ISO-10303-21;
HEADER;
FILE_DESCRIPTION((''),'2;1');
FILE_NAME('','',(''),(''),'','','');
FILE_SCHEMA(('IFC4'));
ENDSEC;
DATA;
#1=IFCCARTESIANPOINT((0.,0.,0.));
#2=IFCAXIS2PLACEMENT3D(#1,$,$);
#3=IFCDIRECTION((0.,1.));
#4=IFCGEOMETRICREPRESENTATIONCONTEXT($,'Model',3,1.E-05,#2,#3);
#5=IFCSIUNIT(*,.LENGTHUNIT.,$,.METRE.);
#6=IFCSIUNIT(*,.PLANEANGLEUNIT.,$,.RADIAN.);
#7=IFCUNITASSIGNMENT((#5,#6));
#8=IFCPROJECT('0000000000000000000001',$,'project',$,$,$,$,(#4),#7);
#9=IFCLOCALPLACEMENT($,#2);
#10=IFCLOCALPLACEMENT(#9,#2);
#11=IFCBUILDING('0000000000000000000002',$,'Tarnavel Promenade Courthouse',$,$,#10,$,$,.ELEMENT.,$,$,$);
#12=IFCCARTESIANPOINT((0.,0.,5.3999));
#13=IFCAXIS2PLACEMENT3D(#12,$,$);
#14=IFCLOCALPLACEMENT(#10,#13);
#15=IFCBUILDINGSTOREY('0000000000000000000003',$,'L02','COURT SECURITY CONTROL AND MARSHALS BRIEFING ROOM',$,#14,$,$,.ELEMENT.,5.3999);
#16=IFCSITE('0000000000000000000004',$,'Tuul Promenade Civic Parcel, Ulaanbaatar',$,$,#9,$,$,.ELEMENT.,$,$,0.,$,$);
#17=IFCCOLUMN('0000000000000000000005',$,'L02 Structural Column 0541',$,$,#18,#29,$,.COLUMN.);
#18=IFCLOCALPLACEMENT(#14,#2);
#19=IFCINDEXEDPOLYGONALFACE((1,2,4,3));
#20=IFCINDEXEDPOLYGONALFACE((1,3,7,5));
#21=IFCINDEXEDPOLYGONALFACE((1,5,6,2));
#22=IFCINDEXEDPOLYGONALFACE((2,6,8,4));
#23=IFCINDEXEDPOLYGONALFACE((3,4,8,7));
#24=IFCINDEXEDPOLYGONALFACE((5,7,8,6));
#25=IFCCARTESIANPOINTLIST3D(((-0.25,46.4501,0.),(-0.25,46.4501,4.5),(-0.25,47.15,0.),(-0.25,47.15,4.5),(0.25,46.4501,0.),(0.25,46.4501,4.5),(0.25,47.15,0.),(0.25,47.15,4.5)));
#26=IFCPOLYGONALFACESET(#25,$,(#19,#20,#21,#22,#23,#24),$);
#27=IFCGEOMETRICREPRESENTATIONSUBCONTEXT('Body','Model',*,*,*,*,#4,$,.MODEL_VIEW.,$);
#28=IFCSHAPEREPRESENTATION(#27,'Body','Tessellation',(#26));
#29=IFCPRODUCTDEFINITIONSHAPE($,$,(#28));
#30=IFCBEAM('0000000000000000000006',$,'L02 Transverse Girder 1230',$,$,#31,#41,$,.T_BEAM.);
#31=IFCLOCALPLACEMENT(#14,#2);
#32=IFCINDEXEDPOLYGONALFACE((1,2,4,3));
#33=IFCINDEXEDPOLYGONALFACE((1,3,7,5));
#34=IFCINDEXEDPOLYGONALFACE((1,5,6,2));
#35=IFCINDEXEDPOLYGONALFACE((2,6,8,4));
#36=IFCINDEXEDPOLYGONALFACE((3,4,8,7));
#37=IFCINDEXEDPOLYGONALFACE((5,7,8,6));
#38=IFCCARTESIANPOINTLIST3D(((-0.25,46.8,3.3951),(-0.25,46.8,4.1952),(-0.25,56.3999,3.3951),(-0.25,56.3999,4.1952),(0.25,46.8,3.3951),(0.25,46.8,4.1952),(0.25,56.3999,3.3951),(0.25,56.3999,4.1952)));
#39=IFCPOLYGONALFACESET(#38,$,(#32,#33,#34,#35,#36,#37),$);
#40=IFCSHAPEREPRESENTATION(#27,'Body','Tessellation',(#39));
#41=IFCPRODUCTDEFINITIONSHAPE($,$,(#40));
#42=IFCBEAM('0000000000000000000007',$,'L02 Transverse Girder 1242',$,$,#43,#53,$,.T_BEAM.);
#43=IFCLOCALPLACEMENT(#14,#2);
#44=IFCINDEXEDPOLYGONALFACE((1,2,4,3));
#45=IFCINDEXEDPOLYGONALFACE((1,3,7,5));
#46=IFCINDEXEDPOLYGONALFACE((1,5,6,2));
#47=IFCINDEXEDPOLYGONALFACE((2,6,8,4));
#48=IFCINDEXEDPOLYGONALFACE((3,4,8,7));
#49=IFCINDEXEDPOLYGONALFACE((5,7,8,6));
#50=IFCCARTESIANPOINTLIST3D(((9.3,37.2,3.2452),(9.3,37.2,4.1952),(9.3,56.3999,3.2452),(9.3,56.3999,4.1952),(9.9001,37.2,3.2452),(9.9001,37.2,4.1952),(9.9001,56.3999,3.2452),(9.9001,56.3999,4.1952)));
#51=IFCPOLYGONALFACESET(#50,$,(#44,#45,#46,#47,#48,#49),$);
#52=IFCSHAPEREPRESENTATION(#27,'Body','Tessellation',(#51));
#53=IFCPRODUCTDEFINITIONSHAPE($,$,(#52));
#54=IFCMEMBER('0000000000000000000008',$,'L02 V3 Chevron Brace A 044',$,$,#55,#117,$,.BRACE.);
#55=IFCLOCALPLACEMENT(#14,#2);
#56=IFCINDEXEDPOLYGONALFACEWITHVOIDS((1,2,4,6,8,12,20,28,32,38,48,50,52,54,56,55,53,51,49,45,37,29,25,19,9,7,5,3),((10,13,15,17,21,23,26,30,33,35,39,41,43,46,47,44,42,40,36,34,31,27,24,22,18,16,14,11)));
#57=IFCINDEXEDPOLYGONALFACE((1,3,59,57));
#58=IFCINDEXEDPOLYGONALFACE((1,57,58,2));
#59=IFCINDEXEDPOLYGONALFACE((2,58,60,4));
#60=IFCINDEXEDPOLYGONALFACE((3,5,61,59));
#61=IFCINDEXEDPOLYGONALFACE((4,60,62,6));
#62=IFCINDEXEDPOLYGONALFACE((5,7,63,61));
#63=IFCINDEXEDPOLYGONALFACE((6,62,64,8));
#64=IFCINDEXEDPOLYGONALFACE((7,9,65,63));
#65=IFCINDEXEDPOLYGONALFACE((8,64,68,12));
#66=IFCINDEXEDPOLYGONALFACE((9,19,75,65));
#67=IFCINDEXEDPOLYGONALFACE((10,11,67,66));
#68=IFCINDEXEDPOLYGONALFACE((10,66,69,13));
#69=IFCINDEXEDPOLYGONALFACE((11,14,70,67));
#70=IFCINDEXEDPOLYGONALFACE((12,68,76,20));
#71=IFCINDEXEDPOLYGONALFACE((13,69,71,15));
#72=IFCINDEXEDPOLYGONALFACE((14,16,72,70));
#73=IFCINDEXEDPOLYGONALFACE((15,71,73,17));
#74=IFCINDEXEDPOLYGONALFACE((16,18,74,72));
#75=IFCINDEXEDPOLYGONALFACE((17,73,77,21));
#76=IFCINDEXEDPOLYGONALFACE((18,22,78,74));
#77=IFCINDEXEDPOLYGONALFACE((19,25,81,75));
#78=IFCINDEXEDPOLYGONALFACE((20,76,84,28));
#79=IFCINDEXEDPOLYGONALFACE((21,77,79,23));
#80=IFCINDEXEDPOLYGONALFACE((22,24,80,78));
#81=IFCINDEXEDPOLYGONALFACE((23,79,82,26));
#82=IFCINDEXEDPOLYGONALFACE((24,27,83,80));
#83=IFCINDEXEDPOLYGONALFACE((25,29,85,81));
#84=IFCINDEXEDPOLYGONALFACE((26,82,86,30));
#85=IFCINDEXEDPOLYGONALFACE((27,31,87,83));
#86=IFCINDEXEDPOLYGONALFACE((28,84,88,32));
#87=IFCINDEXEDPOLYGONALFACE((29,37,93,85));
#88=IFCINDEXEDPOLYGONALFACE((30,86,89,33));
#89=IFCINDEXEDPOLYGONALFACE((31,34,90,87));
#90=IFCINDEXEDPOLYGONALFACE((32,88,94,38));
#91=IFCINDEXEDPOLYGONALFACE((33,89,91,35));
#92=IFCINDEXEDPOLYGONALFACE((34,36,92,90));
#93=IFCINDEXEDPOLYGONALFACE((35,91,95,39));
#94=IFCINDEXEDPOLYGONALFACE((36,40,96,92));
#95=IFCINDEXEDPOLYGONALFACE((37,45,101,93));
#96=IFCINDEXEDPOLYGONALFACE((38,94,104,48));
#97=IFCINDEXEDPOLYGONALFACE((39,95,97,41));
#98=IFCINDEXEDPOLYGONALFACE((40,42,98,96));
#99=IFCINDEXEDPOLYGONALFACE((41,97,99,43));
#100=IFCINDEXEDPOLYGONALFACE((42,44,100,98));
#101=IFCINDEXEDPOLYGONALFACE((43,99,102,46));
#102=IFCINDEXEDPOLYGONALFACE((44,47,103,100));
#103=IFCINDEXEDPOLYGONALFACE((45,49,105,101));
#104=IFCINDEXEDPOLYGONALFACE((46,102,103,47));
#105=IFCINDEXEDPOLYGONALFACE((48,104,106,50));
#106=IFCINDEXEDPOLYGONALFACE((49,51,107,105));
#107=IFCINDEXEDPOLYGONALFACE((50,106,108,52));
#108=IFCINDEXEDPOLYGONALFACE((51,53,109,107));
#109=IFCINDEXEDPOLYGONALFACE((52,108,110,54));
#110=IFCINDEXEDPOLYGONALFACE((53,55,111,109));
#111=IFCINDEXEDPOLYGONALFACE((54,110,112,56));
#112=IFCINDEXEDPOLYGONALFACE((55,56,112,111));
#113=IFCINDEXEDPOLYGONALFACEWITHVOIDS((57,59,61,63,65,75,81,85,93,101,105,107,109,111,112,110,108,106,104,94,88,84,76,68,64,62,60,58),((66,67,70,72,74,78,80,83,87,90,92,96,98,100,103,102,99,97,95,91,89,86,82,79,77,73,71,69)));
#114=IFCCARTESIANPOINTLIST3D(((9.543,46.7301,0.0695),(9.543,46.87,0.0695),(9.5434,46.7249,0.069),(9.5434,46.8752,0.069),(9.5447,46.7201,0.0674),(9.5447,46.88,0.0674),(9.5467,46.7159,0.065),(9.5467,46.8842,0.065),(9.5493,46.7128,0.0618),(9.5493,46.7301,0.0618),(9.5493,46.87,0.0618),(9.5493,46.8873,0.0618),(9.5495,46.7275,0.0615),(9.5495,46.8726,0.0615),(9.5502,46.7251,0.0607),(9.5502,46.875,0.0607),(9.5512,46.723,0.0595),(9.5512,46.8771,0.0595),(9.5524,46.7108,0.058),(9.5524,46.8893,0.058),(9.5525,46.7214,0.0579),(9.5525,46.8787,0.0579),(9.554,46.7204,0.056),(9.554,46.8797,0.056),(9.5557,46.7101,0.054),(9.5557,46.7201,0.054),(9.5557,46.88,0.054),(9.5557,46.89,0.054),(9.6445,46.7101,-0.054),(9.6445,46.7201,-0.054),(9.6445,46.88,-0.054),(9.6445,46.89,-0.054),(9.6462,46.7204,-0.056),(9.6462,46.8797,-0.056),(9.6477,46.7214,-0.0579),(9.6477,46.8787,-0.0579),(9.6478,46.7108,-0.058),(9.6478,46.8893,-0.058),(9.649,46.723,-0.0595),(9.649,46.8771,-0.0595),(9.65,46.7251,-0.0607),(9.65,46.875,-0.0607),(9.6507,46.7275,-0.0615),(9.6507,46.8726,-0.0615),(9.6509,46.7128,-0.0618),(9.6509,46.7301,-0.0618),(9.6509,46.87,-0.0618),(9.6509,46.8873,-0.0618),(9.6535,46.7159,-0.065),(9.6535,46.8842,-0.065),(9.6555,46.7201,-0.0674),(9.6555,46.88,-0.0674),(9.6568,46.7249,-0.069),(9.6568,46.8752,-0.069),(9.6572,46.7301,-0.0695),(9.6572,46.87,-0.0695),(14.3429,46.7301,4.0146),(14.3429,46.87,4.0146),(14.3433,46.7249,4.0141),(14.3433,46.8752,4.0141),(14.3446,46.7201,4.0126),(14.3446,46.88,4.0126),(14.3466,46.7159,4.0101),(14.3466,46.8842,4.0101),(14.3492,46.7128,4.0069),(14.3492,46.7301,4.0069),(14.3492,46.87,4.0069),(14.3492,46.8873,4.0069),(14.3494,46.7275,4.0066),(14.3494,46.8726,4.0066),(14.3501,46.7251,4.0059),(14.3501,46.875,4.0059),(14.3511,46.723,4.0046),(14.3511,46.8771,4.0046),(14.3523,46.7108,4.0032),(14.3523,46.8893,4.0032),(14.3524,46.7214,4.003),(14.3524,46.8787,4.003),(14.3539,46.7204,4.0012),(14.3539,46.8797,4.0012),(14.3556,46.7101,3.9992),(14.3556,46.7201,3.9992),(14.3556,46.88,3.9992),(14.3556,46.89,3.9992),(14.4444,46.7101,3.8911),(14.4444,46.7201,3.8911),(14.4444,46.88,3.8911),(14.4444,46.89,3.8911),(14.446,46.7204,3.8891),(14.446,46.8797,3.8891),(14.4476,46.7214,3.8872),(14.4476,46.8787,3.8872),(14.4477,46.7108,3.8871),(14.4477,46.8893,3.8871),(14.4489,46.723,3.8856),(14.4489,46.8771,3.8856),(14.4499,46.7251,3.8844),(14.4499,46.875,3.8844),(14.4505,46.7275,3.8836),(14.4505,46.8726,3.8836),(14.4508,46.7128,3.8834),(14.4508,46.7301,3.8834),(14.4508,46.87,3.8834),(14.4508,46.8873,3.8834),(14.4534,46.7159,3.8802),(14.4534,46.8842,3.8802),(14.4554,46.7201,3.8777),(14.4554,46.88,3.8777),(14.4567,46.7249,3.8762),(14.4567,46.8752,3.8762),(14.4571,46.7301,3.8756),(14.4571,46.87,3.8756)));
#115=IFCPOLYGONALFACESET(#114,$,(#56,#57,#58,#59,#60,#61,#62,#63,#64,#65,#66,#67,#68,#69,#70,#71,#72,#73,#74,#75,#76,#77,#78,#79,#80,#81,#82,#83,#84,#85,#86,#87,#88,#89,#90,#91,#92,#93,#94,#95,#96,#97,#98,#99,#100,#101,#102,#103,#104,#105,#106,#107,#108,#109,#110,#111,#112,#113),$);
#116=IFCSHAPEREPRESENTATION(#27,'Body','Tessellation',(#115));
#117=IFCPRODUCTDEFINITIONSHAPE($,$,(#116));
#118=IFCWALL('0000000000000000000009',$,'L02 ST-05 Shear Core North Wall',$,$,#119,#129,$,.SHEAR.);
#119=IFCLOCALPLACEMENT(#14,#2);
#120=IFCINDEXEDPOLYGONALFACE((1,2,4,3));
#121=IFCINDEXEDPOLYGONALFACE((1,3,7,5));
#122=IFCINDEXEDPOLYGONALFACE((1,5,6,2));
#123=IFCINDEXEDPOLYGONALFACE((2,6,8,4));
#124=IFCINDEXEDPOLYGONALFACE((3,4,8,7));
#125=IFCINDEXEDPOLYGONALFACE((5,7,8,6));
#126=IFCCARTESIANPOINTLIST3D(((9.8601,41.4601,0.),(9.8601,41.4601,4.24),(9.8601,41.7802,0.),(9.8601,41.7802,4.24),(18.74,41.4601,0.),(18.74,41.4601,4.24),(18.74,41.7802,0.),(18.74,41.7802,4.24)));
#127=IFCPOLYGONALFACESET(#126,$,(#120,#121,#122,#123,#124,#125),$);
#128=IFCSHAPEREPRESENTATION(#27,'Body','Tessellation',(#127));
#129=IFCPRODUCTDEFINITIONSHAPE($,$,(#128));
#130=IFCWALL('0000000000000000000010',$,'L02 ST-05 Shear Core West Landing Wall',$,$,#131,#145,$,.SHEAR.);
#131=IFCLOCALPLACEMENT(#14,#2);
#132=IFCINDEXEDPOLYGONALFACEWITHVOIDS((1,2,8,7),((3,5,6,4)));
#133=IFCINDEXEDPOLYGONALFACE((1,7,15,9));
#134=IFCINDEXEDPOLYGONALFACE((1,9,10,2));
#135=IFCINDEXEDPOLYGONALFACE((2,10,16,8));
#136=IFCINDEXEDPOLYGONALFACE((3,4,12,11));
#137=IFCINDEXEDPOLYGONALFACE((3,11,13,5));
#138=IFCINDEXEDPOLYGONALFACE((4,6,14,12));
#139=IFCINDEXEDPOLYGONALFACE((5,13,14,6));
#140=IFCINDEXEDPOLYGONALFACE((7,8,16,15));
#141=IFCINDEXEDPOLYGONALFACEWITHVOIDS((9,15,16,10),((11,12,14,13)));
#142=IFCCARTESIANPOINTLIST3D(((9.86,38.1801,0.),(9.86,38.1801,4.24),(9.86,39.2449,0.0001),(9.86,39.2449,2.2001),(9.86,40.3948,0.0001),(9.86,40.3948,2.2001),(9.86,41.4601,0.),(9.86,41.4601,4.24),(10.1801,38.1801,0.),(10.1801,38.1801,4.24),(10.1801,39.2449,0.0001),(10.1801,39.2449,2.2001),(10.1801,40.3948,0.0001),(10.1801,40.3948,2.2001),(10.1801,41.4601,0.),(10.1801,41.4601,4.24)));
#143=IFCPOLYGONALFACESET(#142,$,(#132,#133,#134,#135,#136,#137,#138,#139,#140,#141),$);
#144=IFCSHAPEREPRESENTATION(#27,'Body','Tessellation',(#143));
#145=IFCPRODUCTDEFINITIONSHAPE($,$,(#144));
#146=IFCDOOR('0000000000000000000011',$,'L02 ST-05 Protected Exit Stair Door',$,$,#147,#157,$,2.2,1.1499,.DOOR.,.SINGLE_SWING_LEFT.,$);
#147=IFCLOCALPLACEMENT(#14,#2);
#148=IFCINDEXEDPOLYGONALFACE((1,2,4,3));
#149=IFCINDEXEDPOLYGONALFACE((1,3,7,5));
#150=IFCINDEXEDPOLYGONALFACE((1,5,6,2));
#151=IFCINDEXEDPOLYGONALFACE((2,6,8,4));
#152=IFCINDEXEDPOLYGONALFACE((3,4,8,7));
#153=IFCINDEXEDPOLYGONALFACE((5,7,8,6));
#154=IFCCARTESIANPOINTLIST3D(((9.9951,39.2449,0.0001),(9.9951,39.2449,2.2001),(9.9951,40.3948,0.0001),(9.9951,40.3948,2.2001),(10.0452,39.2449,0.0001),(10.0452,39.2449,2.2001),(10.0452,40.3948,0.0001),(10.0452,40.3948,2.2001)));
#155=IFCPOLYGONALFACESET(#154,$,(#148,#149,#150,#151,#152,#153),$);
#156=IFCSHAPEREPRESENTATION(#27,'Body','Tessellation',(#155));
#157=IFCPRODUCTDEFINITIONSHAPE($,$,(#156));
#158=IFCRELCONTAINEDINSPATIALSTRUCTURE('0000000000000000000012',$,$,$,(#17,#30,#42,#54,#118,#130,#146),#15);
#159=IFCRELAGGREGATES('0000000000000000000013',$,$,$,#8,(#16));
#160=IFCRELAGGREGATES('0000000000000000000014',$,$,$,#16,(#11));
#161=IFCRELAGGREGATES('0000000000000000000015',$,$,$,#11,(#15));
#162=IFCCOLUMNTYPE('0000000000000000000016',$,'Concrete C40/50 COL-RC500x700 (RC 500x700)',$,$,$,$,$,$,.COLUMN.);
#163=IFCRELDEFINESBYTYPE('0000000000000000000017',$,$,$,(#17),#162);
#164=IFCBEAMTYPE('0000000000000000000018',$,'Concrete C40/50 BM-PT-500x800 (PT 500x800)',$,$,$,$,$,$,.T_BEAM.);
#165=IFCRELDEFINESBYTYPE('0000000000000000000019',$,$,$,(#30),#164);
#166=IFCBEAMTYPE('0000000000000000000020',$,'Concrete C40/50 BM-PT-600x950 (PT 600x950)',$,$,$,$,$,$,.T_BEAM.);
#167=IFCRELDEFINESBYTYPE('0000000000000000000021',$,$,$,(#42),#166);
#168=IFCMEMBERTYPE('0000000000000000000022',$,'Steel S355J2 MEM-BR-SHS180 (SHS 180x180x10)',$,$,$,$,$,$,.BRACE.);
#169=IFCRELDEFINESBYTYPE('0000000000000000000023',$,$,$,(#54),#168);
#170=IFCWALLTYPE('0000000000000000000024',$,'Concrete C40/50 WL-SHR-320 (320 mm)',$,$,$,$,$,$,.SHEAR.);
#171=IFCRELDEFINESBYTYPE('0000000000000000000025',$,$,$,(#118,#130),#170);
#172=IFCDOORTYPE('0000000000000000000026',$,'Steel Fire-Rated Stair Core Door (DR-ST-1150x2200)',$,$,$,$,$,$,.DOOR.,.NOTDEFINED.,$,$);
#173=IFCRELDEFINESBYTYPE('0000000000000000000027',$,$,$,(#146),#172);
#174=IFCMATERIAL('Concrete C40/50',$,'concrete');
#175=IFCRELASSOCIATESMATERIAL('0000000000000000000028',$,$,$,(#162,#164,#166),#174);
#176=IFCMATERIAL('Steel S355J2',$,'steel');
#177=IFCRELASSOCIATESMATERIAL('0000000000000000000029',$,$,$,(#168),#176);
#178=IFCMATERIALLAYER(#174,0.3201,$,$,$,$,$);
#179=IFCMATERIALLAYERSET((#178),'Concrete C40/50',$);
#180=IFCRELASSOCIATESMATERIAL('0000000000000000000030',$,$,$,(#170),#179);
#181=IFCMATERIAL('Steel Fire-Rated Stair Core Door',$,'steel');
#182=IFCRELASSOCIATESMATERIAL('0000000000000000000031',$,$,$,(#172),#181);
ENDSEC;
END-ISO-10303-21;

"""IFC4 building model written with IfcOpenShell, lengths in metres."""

from ifc_helpers import new_model, si_unit, direction, frame, frame_2d, origin, origin_2d, place, context, subcontext, project, spatial, rectangle, hollow_rectangle, extrude, material, layer, layer_set, material_profile, profile_set, type_object, element, fill, save


model = new_model("IFC4")

# Units and contexts
model_context = context("Model", 3, precision=1e-05, world=origin(), true_north=direction((0.0, 1.0)))
body_context = subcontext(model_context, "Body", "Model", "MODEL_VIEW")
ifc_project = project(units=[si_unit("LENGTHUNIT", "METRE"), si_unit("PLANEANGLEUNIT", "RADIAN")], contexts=[model_context])

# Site, building, storey
site_placement = place(None, origin())
site = spatial("IfcSite", under=ifc_project, at=site_placement, Name="Tuul Promenade Civic Parcel, Ulaanbaatar", CompositionType="ELEMENT", RefElevation=0.0)
building_placement = place(site_placement, origin())
building = spatial("IfcBuilding", under=site, at=building_placement, Name="Tarnavel Promenade Courthouse", CompositionType="ELEMENT")
storey_placement = place(building_placement, frame((0.0, 0.0, 5.3999)))
storey = spatial("IfcBuildingStorey", under=building, at=storey_placement, Name="L02", Description="COURT SECURITY CONTROL AND MARSHALS BRIEFING ROOM", CompositionType="ELEMENT", Elevation=5.3999)

# Column
ifc_material_1 = material(Name="Concrete C40/50", Category="concrete")
ifc_material_profile_1 = material_profile(ifc_material_1, rectangle(XDim=0.5, YDim=0.7, at=origin_2d()), Name="RC 500x700")
ifc_profile_set_1 = profile_set([ifc_material_profile_1], Name="Concrete C40/50")
column_type = type_object("IfcColumnType", Name="Concrete C40/50 COL-RC500x700 (RC 500x700)", PredefinedType="COLUMN", material=ifc_profile_set_1)
column_placement = place(storey_placement, frame((0.0, 46.8, 0.0), z_axis=(0.0, 0.0, 1.0), x_axis=(1.0, 0.0, 0.0)))
element("IfcColumn", 1, at=column_placement, inside=storey, type_object=column_type, Name="L02 Structural Column 0541", PredefinedType="COLUMN", context=body_context, shape_type="SweptSolid", body=[
    extrude(rectangle(XDim=0.5, YDim=0.7, at=origin_2d()), origin(), (0.0, 0.0, 1.0), 4.5),
])

# Beams
ifc_material_profile_2 = material_profile(ifc_material_1, rectangle(XDim=0.5, YDim=0.8, at=origin_2d()), Name="PT 500x800")
ifc_profile_set_2 = profile_set([ifc_material_profile_2], Name="Concrete C40/50")
beam_type_1 = type_object("IfcBeamType", Name="Concrete C40/50 BM-PT-500x800 (PT 500x800)", PredefinedType="T_BEAM", material=ifc_profile_set_2)
beam_1_placement = place(storey_placement, frame((0.0, 46.8, 3.7952), z_axis=(0.0, 1.0, 0.0), x_axis=(-1.0, 0.0, 0.0)))
element("IfcBeam", 2, at=beam_1_placement, inside=storey, type_object=beam_type_1, Name="L02 Transverse Girder 1230", PredefinedType="T_BEAM", context=body_context, shape_type="SweptSolid", body=[
    extrude(rectangle(XDim=0.5, YDim=0.8, at=origin_2d()), origin(), (0.0, 0.0, 1.0), 9.5999),
])
ifc_material_profile_3 = material_profile(ifc_material_1, rectangle(XDim=0.6001, YDim=0.95, at=origin_2d()), Name="PT 600x950")
ifc_profile_set_3 = profile_set([ifc_material_profile_3], Name="Concrete C40/50")
beam_type_2 = type_object("IfcBeamType", Name="Concrete C40/50 BM-PT-600x950 (PT 600x950)", PredefinedType="T_BEAM", material=ifc_profile_set_3)
beam_2_placement = place(storey_placement, frame((9.6001, 37.2, 3.7202), z_axis=(0.0, 1.0, 0.0), x_axis=(-1.0, 0.0, 0.0)))
element("IfcBeam", 3, at=beam_2_placement, inside=storey, type_object=beam_type_2, Name="L02 Transverse Girder 1242", PredefinedType="T_BEAM", context=body_context, shape_type="SweptSolid", body=[
    extrude(rectangle(XDim=0.6001, YDim=0.95, at=origin_2d()), origin(), (0.0, 0.0, 1.0), 19.2),
])

# Member
ifc_material_2 = material(Name="Steel S355J2", Category="steel")
ifc_material_profile_4 = material_profile(ifc_material_2, hollow_rectangle(XDim=0.1799, YDim=0.1799, WallThickness=0.01, InnerFilletRadius=0.01, OuterFilletRadius=0.02, at=origin_2d()), Name="SHS 180x180x10")
ifc_profile_set_4 = profile_set([ifc_material_profile_4], Name="Steel S355J2")
member_type = type_object("IfcMemberType", Name="Steel S355J2 MEM-BR-SHS180 (SHS 180x180x10)", PredefinedType="BRACE", material=ifc_profile_set_4)
member_placement = place(storey_placement, frame((9.6001, 46.8, 0.0), z_axis=(0.772539, 0.0, 0.634967), x_axis=(0.0, 1.0, 0.0)))
element("IfcMember", 4, at=member_placement, inside=storey, type_object=member_type, Name="L02 V3 Chevron Brace A 044", PredefinedType="BRACE", context=body_context, shape_type="SweptSolid", body=[
    extrude(hollow_rectangle(XDim=0.1799, YDim=0.1799, WallThickness=0.01, InnerFilletRadius=0.01, OuterFilletRadius=0.02, at=origin_2d()), origin(), (0.0, 0.0, 1.0), 6.2131),
])

# Wall
ifc_layer_1 = layer(ifc_material_1, 0.3201)
ifc_layer_set_1 = layer_set([ifc_layer_1], Name="Concrete C40/50")
wall_type_1 = type_object("IfcWallType", Name="Concrete C40/50 WL-SHR-320 (320 mm)", PredefinedType="SHEAR", material=ifc_layer_set_1)
wall_1_placement = place(storey_placement, frame((9.8601, 41.6201, 0.0), z_axis=(0.0, 0.0, 1.0), x_axis=(1.0, 0.0, 0.0)))
element("IfcWall", 5, at=wall_1_placement, inside=storey, type_object=wall_type_1, Name="L02 ST-05 Shear Core North Wall", PredefinedType="SHEAR", context=body_context, shape_type="SweptSolid", body=[
    extrude(rectangle(XDim=8.8799, YDim=0.3201, at=frame_2d((4.4399, 0.0))), origin(), (0.0, 0.0, 1.0), 4.24),
])

# Wall, opening, door
wall_2_placement = place(storey_placement, frame((10.02, 38.1799, 0.0), z_axis=(0.0, 0.0, 1.0), x_axis=(0.0, 1.0, 0.0)))
wall_2 = element("IfcWall", 6, at=wall_2_placement, inside=storey, type_object=wall_type_1, Name="L02 ST-05 Shear Core West Landing Wall", PredefinedType="SHEAR", context=body_context, shape_type="SweptSolid", body=[
    extrude(rectangle(XDim=3.28, YDim=0.3201, at=frame_2d((1.6401, 0.0))), origin(), (0.0, 0.0, 1.0), 4.24),
])
opening_1_placement = place(wall_2_placement, frame((1.0649, 0.0, 0.0)))
opening_1 = element("IfcOpeningElement", 7, at=opening_1_placement, cuts=wall_2, PredefinedType="OPENING", context=body_context, shape_type="SweptSolid", body=[
    extrude(rectangle(XDim=1.1499, YDim=2.2, at=frame_2d((0.575, 1.1001))), frame((0.0, 0.1699, 0.0), z_axis=(0.0, -1.0, 0.0), x_axis=(1.0, 0.0, 0.0)), (0.0, 0.0, 1.0), 0.3401),
])
ifc_material_3 = material(Name="Steel Fire-Rated Stair Core Door", Category="steel")
door_type = type_object("IfcDoorType", Name="Steel Fire-Rated Stair Core Door (DR-ST-1150x2200)", OperationType="NOTDEFINED", PredefinedType="DOOR", material=ifc_material_3)
door_placement = place(opening_1_placement, origin())
door = element("IfcDoor", 8, at=door_placement, inside=storey, type_object=door_type, Name="L02 ST-05 Protected Exit Stair Door", OperationType="SINGLE_SWING_LEFT", OverallHeight=2.2, OverallWidth=1.1499, PredefinedType="DOOR", context=body_context, shape_type="SweptSolid", body=[
    extrude(rectangle(XDim=1.1499, YDim=2.2, at=frame_2d((0.575, 1.1001))), frame((0.0, 0.0249, 0.0), z_axis=(0.0, -1.0, 0.0), x_axis=(1.0, 0.0, 0.0)), (0.0, 0.0, 1.0), 0.05),
])
fill(opening_1, door)

save(model, "model.ifc")
